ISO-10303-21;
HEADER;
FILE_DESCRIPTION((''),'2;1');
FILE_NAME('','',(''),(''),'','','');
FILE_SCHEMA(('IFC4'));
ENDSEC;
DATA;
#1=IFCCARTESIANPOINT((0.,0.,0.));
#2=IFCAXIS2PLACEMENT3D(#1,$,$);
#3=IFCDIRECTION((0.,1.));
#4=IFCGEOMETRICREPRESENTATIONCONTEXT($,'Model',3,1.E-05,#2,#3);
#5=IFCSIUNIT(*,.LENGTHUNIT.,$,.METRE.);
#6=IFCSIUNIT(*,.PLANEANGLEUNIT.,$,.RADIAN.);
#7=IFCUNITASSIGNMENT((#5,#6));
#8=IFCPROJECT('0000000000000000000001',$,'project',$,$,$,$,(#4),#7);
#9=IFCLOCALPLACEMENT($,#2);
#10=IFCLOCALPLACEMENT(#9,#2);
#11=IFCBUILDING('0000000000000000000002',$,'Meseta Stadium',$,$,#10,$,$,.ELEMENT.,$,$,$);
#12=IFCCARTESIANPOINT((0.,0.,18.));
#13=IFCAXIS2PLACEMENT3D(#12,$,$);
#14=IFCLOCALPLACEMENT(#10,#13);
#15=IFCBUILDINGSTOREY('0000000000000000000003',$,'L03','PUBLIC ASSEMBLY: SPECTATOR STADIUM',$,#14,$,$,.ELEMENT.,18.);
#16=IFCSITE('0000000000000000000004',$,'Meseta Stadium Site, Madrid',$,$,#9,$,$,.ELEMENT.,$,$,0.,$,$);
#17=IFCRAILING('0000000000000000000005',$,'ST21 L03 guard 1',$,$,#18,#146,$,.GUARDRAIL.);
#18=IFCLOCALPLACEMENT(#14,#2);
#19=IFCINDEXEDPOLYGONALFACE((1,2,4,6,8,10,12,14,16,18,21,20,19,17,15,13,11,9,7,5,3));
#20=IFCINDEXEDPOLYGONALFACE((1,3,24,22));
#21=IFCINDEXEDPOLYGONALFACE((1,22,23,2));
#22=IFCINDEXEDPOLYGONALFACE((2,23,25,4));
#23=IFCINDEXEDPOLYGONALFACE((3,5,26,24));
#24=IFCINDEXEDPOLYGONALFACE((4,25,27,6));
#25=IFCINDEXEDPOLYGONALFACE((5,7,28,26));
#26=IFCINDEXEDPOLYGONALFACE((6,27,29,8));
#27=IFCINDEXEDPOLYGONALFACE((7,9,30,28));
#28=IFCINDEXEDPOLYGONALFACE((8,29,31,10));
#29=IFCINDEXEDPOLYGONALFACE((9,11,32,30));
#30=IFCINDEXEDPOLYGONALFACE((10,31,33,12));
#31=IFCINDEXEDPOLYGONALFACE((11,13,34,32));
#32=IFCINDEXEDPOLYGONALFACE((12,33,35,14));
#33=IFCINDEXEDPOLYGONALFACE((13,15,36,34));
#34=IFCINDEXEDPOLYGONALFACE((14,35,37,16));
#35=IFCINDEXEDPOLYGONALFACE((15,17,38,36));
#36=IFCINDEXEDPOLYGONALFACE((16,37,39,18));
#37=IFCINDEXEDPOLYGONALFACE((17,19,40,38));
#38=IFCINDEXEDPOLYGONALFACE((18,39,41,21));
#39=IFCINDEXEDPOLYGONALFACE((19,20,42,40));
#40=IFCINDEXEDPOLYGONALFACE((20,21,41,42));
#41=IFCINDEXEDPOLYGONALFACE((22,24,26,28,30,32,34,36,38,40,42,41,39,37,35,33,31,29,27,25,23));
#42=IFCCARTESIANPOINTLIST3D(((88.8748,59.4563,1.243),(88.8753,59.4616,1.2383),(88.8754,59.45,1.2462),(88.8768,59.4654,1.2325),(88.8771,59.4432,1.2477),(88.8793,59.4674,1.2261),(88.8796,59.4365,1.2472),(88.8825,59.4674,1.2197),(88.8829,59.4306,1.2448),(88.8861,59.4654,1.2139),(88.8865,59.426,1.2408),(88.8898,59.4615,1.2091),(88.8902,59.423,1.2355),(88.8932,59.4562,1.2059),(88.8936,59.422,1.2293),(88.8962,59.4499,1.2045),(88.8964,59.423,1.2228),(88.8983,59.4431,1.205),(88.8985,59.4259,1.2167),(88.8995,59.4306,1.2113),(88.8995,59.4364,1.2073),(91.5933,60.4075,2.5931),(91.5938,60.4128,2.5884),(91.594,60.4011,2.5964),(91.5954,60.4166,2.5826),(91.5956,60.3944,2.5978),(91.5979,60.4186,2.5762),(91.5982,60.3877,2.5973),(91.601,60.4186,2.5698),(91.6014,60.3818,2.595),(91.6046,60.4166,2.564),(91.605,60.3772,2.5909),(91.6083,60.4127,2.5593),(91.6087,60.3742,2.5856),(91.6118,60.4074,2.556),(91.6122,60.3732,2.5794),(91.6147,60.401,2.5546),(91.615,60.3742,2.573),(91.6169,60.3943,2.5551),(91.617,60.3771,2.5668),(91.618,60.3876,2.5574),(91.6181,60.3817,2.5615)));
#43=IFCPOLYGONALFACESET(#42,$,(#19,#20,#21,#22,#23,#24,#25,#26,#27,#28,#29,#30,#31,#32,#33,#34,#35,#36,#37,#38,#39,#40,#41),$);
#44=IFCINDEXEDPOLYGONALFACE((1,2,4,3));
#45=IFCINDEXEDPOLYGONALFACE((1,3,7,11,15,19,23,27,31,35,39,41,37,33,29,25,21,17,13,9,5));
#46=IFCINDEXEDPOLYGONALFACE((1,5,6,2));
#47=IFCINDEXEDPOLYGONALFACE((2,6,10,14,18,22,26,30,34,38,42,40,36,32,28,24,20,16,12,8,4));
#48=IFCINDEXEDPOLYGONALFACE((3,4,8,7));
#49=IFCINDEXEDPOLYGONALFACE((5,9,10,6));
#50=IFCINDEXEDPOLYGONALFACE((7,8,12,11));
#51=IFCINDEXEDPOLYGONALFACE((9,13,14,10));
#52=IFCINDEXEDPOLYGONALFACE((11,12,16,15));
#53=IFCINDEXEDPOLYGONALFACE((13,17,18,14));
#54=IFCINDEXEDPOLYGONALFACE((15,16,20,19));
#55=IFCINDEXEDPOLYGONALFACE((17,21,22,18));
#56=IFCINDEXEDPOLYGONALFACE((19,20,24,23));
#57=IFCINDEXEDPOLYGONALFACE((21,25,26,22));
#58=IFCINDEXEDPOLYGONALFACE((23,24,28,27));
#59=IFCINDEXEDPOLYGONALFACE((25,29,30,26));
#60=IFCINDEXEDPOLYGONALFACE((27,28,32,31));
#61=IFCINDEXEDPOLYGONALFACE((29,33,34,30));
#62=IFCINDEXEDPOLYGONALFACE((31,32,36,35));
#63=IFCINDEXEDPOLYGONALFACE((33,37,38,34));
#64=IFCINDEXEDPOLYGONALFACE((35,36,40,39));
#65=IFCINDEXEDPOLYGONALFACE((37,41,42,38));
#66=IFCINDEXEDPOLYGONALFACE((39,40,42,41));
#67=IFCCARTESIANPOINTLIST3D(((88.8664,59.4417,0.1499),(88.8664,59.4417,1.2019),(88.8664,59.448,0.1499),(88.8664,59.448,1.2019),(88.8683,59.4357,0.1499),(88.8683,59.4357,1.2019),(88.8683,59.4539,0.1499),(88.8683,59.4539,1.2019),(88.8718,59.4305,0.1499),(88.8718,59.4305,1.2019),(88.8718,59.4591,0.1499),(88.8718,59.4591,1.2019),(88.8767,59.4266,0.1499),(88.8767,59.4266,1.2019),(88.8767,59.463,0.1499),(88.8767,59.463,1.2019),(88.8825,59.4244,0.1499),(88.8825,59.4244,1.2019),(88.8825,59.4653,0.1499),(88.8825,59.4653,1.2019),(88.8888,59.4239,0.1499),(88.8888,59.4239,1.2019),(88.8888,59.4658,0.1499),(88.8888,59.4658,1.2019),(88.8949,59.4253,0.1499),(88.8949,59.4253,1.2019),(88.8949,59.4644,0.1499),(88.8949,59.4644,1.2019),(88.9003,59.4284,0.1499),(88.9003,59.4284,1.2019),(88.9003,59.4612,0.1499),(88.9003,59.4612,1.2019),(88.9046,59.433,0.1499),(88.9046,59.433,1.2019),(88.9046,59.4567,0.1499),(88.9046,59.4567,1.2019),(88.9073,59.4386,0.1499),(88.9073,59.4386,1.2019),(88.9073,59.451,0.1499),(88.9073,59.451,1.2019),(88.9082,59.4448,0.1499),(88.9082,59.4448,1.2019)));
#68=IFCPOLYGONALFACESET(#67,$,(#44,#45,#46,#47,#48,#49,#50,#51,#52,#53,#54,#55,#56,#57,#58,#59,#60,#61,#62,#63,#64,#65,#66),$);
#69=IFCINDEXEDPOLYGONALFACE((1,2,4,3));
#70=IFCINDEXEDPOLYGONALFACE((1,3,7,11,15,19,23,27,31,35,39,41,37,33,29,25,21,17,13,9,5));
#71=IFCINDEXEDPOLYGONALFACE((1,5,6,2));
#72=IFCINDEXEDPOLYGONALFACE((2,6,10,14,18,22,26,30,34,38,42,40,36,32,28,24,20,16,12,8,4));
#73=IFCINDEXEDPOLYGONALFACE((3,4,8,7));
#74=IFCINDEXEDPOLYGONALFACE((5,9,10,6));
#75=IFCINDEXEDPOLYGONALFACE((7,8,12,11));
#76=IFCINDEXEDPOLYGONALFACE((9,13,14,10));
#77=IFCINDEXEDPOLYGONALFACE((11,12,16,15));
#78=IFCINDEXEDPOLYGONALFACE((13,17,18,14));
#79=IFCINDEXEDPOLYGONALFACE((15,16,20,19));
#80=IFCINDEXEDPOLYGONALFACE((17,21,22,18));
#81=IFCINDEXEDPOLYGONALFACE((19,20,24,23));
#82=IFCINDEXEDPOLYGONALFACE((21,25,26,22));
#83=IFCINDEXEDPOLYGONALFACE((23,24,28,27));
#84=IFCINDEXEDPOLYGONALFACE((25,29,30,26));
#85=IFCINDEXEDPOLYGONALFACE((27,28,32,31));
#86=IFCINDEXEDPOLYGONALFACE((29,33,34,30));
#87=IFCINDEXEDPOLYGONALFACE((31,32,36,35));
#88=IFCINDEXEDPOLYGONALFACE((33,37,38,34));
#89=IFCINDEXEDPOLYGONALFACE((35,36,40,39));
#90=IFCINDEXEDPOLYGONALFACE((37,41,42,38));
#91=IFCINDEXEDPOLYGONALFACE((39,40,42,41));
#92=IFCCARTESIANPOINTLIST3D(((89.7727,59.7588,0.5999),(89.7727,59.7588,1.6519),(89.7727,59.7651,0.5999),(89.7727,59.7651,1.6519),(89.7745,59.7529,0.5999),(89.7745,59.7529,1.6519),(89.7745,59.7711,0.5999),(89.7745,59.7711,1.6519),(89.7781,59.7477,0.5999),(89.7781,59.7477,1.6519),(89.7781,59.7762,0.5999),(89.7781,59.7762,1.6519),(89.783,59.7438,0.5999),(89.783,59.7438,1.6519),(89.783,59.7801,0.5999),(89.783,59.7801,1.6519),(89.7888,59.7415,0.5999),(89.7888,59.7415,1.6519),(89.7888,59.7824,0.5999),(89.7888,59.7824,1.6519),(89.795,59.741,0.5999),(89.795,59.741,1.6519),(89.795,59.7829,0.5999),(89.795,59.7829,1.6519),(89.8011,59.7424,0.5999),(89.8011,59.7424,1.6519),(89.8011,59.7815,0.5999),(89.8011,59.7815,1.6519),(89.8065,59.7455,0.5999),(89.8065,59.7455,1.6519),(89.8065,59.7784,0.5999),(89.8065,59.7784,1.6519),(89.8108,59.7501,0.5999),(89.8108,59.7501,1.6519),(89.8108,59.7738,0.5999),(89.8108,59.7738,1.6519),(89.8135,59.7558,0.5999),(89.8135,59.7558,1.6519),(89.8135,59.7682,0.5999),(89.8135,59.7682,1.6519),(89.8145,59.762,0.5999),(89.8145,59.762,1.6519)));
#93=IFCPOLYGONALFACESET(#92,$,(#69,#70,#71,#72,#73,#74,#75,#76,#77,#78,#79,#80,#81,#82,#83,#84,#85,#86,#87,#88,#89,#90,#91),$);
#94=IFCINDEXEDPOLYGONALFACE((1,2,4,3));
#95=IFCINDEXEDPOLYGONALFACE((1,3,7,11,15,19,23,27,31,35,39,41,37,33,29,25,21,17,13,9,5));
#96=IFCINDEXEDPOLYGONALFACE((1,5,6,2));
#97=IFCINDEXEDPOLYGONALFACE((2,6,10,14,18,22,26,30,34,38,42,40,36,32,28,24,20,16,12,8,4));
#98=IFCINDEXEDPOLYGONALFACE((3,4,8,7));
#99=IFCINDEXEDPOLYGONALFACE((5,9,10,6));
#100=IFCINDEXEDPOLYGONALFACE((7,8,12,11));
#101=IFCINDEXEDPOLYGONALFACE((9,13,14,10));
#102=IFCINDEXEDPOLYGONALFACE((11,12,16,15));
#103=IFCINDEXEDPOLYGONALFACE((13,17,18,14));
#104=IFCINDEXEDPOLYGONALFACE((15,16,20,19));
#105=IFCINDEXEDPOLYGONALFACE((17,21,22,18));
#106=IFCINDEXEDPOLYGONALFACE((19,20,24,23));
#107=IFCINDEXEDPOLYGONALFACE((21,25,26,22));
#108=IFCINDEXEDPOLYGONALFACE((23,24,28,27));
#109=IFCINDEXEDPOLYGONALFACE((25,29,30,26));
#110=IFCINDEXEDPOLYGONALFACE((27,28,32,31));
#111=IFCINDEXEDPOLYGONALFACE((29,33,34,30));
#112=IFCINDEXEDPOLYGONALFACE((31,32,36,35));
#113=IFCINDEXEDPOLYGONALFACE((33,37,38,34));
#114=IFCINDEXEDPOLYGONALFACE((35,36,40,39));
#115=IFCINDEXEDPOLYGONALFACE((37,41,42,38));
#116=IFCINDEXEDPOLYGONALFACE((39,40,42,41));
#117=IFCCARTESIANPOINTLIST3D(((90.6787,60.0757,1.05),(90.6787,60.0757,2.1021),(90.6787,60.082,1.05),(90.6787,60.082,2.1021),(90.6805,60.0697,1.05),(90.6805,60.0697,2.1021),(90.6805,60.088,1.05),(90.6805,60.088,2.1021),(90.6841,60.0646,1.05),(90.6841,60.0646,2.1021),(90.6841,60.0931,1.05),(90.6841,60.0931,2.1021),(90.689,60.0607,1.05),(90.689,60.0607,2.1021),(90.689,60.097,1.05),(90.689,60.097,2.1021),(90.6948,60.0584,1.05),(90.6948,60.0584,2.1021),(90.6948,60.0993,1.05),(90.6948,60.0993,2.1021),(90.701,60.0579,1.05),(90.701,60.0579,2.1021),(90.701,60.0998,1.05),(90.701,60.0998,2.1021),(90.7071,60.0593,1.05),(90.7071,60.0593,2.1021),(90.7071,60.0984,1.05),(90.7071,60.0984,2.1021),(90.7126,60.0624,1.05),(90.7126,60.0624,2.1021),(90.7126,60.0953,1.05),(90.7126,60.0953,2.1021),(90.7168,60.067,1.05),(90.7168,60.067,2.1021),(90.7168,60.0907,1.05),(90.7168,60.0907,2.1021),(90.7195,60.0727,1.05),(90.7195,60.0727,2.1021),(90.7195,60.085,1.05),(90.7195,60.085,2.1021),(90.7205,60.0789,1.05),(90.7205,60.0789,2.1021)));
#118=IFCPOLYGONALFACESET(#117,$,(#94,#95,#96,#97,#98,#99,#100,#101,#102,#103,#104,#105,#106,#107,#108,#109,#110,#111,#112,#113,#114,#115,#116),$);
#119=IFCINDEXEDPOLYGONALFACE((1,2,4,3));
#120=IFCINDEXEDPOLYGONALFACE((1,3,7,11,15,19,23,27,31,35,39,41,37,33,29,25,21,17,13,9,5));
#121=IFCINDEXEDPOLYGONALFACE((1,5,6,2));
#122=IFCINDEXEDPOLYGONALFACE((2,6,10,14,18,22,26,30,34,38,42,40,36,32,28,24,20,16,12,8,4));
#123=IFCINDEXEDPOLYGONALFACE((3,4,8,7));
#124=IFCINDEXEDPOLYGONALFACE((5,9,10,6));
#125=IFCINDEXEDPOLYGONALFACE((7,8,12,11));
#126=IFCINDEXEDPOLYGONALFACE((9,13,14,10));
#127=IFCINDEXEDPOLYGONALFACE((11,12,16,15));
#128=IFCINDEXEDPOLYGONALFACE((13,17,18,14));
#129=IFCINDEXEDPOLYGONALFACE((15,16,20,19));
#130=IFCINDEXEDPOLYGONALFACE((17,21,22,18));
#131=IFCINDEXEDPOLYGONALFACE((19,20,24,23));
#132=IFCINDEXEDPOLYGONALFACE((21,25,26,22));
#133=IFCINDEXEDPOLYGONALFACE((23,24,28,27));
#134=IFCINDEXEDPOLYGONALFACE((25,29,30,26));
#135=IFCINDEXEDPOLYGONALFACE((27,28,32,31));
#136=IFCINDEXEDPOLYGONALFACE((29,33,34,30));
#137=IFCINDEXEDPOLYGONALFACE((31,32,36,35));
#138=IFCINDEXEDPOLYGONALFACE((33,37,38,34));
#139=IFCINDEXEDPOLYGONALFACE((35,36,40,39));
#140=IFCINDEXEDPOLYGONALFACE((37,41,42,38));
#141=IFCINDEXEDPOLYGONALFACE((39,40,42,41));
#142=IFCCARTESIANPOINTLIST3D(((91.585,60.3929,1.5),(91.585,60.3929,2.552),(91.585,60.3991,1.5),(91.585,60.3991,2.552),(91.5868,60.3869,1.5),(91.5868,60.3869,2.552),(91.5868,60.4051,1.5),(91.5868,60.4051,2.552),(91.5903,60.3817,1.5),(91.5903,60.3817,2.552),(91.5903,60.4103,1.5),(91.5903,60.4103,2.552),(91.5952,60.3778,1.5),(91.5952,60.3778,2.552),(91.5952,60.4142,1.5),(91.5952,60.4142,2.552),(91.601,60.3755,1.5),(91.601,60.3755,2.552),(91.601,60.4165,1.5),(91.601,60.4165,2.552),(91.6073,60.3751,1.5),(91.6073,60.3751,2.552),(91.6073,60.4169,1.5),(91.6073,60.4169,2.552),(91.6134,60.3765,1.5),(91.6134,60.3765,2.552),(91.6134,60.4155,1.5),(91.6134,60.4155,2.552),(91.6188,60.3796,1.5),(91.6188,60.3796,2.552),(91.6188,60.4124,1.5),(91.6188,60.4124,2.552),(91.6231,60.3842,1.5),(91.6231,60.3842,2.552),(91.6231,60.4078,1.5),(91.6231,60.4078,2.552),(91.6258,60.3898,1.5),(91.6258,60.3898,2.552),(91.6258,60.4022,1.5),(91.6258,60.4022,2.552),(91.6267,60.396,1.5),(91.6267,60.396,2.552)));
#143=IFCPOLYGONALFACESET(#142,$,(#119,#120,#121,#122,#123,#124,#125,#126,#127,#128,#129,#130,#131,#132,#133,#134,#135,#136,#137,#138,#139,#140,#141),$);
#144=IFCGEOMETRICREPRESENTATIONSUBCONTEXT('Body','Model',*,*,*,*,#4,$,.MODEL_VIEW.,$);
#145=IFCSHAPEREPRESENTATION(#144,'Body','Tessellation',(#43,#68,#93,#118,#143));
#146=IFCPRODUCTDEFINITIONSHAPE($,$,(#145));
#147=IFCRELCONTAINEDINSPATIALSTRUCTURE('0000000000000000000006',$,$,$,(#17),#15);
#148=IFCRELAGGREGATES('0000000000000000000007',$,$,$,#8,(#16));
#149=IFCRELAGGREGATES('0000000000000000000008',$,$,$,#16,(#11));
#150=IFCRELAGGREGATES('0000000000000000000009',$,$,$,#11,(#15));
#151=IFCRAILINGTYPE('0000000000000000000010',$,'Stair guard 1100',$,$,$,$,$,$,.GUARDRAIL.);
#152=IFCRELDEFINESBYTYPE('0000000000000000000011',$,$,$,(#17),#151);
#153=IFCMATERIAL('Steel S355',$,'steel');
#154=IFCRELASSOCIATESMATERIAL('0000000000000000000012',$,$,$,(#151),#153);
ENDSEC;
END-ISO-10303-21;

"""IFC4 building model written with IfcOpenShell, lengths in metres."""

from ifc_helpers import new_model, si_unit, direction, frame, origin, origin_2d, place, context, subcontext, project, spatial, circle, extrude, material, type_object, element, save


model = new_model("IFC4")

# Units and contexts
model_context = context("Model", 3, precision=1e-05, world=origin(), true_north=direction((0.0, 1.0)))
body_context = subcontext(model_context, "Body", "Model", "MODEL_VIEW")
ifc_project = project(units=[si_unit("LENGTHUNIT", "METRE"), si_unit("PLANEANGLEUNIT", "RADIAN")], contexts=[model_context])

# Site, building, storey
site_placement = place(None, origin())
site = spatial("IfcSite", under=ifc_project, at=site_placement, Name="Meseta Stadium Site, Madrid", CompositionType="ELEMENT", RefElevation=0.0)
building_placement = place(site_placement, origin())
building = spatial("IfcBuilding", under=site, at=building_placement, Name="Meseta Stadium", CompositionType="ELEMENT")
storey_placement = place(building_placement, frame((0.0, 0.0, 18.0)))
storey = spatial("IfcBuildingStorey", under=building, at=storey_placement, Name="L03", Description="PUBLIC ASSEMBLY: SPECTATOR STADIUM", CompositionType="ELEMENT", Elevation=18.0)

# Railing
ifc_material_1 = material(Name="Steel S355", Category="steel")
railing_type_1 = type_object("IfcRailingType", Name="Stair guard 1100", PredefinedType="GUARDRAIL", material=ifc_material_1)
railing_1_placement = place(storey_placement, frame((88.8872, 59.4448, 0.1499)))
element("IfcRailing", 1, at=railing_1_placement, inside=storey, type_object=railing_type_1, Name="ST21 L03 guard 1", PredefinedType="GUARDRAIL", context=body_context, shape_type="SweptSolid", body=[
    extrude(circle(Radius=0.0239, at=origin_2d()), frame((0.0, 0.0, 1.0762), z_axis=(0.854649, 0.299031, 0.424446), x_axis=(-0.330256, 0.943891, 0.0)), (0.0, 0.0, 1.0), 3.1809),
    extrude(circle(Radius=0.021, at=origin_2d()), origin(), (0.0, 0.0, 1.0), 1.052),
    extrude(circle(Radius=0.021, at=origin_2d()), frame((0.9062, 0.3171, 0.45)), (0.0, 0.0, 1.0), 1.052),
    extrude(circle(Radius=0.021, at=origin_2d()), frame((1.8123, 0.634, 0.9001)), (0.0, 0.0, 1.0), 1.052),
    extrude(circle(Radius=0.021, at=origin_2d()), frame((2.7185, 0.9512, 1.3501)), (0.0, 0.0, 1.0), 1.052),
])

save(model, "model.ifc")
